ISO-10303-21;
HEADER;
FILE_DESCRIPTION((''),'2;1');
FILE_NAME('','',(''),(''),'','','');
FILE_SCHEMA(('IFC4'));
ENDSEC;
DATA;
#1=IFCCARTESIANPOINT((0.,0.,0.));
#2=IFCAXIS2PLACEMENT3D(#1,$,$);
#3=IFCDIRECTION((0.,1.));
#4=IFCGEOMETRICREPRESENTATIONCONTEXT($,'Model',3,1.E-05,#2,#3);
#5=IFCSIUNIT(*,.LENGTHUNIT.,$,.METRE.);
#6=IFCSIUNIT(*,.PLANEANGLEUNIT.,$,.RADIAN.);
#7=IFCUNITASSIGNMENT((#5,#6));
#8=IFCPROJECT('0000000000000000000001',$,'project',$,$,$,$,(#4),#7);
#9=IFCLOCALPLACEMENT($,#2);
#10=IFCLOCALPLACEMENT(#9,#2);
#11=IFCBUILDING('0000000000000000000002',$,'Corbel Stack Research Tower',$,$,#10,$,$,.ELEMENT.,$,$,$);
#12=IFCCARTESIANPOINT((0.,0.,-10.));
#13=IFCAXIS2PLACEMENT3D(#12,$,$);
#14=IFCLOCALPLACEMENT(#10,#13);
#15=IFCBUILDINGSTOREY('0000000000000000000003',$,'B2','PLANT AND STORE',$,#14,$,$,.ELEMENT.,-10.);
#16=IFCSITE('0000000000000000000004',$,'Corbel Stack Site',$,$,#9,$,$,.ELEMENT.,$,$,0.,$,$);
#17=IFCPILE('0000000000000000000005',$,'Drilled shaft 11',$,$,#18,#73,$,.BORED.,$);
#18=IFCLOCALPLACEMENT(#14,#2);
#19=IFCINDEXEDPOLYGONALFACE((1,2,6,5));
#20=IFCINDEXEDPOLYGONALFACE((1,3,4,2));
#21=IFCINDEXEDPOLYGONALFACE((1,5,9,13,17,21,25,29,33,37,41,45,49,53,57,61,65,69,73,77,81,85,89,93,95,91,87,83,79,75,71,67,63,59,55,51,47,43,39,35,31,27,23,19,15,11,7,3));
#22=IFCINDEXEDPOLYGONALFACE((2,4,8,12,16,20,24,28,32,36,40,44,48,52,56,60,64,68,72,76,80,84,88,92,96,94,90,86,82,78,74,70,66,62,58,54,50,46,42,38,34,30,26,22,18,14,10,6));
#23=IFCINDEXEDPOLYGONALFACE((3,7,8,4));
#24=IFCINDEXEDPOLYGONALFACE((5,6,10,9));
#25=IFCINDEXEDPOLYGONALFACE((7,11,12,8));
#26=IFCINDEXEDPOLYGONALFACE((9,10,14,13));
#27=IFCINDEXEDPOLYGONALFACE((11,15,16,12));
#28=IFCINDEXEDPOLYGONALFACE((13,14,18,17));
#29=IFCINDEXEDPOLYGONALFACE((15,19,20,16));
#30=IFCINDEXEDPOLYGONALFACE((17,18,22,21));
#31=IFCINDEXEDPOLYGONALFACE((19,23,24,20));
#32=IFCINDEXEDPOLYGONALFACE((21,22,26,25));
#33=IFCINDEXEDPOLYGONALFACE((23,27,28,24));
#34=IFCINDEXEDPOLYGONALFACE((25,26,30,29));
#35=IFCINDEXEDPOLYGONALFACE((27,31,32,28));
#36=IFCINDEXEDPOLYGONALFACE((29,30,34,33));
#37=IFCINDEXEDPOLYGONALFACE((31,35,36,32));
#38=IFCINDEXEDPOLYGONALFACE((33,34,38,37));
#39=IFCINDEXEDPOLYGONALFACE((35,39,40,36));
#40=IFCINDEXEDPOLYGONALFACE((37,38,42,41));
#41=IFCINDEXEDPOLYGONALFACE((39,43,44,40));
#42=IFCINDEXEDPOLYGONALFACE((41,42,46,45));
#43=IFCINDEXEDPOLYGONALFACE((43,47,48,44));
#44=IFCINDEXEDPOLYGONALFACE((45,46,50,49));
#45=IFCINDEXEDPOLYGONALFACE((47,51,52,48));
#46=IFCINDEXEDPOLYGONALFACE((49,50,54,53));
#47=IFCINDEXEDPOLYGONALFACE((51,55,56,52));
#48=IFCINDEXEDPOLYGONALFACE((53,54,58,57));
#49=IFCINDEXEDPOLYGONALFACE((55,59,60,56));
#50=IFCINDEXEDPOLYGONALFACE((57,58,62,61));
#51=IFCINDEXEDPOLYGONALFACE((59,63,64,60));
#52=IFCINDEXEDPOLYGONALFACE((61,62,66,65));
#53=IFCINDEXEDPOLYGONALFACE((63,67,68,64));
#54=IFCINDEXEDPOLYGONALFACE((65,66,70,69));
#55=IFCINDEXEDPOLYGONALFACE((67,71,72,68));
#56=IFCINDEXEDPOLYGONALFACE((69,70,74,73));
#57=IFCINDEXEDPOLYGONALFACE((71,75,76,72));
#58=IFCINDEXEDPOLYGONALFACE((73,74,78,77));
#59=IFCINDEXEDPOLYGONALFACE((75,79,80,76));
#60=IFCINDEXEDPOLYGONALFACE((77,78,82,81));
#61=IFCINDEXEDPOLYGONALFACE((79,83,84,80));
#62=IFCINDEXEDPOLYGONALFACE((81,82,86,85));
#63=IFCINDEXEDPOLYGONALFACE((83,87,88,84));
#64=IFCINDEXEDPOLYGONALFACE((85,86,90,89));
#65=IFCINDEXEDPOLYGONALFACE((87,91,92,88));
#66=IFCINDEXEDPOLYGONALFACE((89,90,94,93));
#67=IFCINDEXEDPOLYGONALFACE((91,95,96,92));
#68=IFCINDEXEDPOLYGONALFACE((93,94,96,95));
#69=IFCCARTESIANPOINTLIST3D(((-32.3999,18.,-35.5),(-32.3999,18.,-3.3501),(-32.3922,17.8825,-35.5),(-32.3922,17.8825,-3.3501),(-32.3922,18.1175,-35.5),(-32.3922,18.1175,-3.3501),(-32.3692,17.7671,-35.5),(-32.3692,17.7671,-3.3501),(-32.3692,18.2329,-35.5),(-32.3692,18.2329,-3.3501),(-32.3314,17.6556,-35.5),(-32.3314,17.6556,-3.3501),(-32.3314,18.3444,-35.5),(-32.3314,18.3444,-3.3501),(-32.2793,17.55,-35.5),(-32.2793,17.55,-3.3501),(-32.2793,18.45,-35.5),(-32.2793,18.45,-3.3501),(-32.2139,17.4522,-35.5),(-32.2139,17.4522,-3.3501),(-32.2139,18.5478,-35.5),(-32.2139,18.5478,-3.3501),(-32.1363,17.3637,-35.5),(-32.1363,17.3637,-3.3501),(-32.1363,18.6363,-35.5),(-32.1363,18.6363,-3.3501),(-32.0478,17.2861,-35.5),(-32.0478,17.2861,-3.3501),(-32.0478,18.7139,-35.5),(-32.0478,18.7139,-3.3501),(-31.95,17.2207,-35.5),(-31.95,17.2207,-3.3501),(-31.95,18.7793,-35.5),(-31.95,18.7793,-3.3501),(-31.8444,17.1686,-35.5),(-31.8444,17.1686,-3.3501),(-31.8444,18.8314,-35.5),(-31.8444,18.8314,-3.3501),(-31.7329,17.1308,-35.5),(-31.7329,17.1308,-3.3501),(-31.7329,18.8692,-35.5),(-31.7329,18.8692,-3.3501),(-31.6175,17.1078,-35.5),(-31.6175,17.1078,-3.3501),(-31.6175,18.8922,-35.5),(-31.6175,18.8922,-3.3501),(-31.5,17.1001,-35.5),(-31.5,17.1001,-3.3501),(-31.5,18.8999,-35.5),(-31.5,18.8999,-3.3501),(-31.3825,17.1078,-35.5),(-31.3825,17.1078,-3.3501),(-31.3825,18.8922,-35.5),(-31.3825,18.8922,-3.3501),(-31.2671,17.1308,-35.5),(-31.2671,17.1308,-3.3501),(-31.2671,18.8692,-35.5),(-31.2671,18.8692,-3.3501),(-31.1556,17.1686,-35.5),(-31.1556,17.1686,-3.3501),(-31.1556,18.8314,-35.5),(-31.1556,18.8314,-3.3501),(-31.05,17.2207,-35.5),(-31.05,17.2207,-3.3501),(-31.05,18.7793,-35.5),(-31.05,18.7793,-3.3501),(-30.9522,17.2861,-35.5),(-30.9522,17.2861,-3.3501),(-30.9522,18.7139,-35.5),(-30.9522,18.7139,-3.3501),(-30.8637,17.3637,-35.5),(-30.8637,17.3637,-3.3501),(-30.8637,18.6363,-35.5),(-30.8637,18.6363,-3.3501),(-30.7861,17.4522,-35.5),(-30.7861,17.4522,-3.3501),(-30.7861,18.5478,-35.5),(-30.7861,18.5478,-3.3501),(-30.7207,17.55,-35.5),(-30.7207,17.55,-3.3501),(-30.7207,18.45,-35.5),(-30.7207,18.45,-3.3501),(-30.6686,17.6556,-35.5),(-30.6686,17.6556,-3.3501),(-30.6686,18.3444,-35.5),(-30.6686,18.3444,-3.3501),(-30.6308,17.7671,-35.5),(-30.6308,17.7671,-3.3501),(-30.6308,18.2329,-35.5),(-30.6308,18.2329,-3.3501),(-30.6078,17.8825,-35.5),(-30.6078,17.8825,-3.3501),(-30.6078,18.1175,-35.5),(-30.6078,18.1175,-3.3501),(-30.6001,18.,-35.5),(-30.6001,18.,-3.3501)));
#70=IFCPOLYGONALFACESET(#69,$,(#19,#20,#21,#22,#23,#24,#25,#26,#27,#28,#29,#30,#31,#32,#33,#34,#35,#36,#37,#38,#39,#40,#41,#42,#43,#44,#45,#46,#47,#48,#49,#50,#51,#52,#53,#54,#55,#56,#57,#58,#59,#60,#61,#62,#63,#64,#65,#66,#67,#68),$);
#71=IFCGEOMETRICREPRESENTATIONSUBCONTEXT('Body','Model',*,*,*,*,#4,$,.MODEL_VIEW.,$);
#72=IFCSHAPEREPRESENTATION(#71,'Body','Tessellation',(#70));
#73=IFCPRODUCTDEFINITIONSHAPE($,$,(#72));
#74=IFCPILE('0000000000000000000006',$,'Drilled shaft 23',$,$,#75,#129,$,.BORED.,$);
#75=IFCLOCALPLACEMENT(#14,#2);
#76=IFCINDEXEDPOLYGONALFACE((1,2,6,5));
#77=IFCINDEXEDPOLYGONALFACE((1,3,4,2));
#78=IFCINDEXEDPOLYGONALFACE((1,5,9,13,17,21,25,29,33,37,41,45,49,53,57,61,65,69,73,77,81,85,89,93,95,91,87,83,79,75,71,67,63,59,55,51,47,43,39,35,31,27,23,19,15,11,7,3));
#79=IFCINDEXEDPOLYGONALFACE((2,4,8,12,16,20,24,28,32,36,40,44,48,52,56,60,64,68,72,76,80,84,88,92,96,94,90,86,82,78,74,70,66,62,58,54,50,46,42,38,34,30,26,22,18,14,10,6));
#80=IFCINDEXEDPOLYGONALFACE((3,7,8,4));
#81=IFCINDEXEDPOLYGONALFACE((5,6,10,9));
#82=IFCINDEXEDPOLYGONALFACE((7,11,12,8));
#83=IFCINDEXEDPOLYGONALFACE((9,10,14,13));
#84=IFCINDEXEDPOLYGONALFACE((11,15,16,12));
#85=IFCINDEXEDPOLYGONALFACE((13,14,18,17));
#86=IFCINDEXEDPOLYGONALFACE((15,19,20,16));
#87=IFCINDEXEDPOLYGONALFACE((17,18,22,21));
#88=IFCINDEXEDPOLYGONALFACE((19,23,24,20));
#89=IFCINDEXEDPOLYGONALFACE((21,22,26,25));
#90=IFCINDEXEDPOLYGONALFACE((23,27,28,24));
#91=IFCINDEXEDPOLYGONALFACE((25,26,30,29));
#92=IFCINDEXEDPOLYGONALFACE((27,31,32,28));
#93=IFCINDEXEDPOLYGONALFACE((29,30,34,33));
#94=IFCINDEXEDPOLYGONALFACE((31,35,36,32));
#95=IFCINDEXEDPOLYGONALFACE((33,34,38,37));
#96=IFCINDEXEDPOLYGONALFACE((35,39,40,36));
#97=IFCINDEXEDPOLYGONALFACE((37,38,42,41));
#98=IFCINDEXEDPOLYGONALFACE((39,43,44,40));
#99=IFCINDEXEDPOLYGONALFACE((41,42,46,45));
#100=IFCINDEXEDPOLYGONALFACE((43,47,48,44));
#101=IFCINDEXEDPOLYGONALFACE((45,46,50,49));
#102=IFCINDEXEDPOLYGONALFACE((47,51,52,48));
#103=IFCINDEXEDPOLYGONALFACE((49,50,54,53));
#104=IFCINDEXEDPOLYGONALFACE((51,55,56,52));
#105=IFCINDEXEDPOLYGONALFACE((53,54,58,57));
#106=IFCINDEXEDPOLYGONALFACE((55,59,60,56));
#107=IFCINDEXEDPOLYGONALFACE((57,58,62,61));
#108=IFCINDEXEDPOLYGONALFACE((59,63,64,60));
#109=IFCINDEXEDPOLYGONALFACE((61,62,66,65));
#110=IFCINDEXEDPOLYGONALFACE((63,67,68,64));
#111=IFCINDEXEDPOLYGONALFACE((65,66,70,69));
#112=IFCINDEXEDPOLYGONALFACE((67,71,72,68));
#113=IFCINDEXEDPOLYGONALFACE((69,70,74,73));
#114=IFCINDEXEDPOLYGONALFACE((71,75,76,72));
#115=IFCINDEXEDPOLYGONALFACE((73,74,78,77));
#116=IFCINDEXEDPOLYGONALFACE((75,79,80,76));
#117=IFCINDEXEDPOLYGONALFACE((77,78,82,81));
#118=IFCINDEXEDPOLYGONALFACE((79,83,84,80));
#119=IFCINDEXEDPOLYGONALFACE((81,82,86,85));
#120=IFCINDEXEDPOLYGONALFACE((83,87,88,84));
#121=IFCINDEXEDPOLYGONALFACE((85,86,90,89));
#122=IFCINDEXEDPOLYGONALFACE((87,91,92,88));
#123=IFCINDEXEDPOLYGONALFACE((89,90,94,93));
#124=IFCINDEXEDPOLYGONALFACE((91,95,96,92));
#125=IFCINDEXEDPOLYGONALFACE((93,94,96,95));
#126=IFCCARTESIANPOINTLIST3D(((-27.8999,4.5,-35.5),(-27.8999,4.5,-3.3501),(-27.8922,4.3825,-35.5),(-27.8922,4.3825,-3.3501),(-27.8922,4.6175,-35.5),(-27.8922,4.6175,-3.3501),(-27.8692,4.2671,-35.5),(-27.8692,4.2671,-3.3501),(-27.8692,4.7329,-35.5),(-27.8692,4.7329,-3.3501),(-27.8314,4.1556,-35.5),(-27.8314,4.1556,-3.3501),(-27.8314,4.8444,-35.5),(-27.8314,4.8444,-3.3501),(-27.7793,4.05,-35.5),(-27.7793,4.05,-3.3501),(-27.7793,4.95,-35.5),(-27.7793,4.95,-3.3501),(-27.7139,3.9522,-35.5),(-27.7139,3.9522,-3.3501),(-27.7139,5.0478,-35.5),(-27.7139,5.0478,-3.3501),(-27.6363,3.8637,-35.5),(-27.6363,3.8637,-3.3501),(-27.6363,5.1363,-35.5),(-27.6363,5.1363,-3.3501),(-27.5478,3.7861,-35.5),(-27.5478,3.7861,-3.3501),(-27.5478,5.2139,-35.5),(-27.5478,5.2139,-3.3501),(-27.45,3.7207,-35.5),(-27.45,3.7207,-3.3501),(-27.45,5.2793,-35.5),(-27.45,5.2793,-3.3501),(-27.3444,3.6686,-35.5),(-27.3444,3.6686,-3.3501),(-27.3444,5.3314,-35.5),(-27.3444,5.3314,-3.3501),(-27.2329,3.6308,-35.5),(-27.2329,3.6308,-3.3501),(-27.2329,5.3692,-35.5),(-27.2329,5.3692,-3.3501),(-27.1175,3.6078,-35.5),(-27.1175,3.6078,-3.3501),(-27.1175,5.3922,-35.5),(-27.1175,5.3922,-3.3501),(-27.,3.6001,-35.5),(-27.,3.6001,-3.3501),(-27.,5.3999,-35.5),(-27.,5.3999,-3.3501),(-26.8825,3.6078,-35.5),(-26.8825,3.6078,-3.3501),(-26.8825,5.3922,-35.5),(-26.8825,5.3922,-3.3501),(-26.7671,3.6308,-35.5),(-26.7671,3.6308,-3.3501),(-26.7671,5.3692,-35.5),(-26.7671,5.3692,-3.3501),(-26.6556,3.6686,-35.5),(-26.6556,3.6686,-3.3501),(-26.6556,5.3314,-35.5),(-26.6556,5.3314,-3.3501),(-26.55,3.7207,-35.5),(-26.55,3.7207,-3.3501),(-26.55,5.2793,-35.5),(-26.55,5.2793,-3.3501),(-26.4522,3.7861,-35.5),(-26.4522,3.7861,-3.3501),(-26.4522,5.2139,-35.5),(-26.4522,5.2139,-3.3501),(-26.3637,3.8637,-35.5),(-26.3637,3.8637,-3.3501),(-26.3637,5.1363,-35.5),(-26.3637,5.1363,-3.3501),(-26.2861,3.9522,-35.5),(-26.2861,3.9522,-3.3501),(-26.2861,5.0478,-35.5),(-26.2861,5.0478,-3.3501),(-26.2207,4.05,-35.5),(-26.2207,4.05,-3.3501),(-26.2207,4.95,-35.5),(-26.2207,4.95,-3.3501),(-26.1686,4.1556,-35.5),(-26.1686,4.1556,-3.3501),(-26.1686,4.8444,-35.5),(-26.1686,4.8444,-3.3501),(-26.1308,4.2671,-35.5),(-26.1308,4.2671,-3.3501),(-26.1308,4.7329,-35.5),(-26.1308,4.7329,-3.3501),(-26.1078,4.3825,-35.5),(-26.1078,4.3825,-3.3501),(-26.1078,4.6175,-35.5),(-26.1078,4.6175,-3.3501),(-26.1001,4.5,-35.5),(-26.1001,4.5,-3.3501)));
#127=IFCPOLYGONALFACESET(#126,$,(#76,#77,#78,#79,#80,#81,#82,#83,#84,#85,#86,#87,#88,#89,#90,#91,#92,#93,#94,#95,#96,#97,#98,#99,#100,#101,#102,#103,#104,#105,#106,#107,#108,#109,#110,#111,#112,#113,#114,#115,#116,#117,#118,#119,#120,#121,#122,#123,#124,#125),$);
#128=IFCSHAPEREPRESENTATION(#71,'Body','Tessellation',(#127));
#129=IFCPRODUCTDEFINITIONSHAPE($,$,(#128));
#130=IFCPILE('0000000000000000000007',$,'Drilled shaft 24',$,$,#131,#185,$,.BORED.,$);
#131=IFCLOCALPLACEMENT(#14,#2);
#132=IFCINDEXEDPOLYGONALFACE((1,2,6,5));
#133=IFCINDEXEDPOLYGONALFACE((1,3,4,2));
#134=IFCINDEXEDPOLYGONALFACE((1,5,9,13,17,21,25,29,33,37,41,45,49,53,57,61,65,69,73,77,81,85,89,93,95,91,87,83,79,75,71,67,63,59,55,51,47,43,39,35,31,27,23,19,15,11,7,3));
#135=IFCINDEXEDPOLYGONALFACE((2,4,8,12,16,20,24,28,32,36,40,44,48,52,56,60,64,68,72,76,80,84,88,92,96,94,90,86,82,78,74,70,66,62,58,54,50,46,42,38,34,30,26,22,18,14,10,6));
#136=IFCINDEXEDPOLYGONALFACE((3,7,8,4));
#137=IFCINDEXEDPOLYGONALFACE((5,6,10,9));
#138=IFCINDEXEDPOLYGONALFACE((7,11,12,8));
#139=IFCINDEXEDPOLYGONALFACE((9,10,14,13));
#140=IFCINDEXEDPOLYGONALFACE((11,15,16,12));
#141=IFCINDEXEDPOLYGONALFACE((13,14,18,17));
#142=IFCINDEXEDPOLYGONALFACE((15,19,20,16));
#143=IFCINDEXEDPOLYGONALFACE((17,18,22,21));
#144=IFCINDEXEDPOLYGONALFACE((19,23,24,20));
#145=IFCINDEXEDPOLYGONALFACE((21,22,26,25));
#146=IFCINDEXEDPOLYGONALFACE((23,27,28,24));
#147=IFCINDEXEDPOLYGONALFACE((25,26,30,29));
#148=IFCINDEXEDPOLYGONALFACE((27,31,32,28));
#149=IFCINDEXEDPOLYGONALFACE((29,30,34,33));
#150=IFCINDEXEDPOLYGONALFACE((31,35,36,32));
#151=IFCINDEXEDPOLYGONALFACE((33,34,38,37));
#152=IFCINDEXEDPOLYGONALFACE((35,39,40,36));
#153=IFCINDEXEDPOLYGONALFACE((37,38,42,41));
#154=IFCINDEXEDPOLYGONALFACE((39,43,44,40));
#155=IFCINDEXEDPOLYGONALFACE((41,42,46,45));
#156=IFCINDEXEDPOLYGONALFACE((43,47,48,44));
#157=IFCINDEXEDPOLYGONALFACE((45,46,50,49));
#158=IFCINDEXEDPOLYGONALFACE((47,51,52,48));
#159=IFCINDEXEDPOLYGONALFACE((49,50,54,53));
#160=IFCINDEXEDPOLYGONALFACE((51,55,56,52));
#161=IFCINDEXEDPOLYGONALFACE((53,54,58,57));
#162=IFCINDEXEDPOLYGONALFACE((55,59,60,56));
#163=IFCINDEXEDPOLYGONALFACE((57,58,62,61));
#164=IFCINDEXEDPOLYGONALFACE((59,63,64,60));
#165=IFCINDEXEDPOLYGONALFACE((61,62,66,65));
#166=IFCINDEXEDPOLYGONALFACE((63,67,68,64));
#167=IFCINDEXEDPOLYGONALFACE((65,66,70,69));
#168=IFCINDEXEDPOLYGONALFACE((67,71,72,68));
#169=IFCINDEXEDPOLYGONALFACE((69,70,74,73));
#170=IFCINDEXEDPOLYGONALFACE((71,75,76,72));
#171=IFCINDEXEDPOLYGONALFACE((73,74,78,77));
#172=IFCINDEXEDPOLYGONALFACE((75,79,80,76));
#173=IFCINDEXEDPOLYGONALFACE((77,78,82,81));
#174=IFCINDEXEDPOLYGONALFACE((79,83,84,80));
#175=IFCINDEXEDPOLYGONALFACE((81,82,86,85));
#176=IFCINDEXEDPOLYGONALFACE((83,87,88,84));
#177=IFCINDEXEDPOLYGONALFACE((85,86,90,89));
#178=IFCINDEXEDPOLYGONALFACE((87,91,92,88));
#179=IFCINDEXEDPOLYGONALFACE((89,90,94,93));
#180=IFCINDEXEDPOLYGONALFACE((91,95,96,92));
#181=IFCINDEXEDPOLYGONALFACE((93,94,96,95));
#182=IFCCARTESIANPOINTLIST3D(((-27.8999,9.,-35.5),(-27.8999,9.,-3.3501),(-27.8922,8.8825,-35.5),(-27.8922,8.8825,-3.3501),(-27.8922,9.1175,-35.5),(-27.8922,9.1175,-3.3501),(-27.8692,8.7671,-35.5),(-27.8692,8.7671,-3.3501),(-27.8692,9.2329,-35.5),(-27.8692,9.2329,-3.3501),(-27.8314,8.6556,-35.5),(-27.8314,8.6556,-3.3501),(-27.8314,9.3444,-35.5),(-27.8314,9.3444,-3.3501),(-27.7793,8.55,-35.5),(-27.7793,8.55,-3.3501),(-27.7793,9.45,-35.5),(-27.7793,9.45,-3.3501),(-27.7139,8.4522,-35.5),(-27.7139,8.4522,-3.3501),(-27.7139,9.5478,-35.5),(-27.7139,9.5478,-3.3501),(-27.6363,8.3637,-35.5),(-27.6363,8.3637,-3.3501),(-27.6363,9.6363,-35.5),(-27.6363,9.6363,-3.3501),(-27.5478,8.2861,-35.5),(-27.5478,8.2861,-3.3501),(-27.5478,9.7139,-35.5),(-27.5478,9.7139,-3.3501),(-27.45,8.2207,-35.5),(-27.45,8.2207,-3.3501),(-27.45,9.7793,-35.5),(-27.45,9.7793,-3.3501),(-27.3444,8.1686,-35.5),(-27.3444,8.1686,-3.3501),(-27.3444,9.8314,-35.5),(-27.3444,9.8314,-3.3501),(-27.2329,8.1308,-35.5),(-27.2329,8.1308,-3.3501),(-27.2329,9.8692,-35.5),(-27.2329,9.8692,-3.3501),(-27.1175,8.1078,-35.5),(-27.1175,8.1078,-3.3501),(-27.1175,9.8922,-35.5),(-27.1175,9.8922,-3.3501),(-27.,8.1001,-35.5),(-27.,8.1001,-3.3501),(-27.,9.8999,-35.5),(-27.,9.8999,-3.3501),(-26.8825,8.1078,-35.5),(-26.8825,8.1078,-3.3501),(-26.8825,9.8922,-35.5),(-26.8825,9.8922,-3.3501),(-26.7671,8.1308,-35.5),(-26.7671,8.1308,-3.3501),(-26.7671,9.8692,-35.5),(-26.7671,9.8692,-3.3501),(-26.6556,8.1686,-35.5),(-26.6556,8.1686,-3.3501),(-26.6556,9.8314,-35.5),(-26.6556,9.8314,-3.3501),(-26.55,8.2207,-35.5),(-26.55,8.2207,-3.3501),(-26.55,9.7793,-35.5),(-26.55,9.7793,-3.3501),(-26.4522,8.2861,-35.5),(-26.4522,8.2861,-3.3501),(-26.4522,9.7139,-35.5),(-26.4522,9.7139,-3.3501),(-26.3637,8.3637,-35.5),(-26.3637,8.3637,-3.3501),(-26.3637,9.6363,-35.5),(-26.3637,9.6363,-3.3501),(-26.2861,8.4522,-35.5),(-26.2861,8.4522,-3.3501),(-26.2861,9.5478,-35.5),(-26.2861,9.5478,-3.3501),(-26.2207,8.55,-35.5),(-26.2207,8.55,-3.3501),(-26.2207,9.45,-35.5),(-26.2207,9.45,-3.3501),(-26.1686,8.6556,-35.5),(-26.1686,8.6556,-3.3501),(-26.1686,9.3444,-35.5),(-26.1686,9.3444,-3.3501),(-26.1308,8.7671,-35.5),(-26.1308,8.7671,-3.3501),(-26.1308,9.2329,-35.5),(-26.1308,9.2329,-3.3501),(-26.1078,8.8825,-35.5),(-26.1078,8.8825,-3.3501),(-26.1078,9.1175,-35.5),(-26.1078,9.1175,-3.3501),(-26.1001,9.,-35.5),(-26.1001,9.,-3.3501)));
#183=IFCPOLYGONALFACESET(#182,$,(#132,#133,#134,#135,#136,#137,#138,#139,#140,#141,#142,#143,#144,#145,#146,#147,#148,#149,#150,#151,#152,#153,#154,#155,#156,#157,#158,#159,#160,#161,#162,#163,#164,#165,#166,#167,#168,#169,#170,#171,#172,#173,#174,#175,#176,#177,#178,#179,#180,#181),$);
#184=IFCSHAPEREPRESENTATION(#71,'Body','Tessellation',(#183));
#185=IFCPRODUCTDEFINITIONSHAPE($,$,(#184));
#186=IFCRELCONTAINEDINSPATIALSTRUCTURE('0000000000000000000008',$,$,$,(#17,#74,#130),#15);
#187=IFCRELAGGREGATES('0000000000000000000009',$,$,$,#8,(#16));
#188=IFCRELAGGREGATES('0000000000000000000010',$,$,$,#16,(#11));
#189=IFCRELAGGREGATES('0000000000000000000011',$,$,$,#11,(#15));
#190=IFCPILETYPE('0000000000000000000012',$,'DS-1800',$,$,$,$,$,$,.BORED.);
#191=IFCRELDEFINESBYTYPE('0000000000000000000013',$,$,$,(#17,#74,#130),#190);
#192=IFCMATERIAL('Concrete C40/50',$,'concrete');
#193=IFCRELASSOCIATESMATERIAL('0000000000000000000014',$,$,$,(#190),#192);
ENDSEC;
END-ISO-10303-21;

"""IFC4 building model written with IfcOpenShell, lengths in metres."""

from ifc_helpers import new_model, si_unit, direction, frame, origin, origin_2d, place, context, subcontext, project, spatial, circle, extrude, material, material_profile, profile_set, type_object, element, save


model = new_model("IFC4")

# Units and contexts
model_context = context("Model", 3, precision=1e-05, world=origin(), true_north=direction((0.0, 1.0)))
body_context = subcontext(model_context, "Body", "Model", "MODEL_VIEW")
ifc_project = project(units=[si_unit("LENGTHUNIT", "METRE"), si_unit("PLANEANGLEUNIT", "RADIAN")], contexts=[model_context])

# Site, building, storey
site_placement = place(None, origin())
site = spatial("IfcSite", under=ifc_project, at=site_placement, Name="Corbel Stack Site", CompositionType="ELEMENT", RefElevation=0.0)
building_placement = place(site_placement, origin())
building = spatial("IfcBuilding", under=site, at=building_placement, Name="Corbel Stack Research Tower", CompositionType="ELEMENT")
storey_placement = place(building_placement, frame((0.0, 0.0, -10.0)))
storey = spatial("IfcBuildingStorey", under=building, at=storey_placement, Name="B2", Description="PLANT AND STORE", CompositionType="ELEMENT", Elevation=-10.0)

# Piles
ifc_material_1 = material(Name="Concrete C40/50", Category="concrete")
ifc_material_profile_1 = material_profile(ifc_material_1, circle(Radius=0.8999, at=origin_2d()), Name="Shaft 1800")
ifc_profile_set_1 = profile_set([ifc_material_profile_1], Name="Concrete C40/50")
pile_type = type_object("IfcPileType", Name="DS-1800", PredefinedType="BORED", material=ifc_profile_set_1)
for number, where, z_axis, x_axis, name in (
    (1, (-31.5, 18.0, -3.3501), (0.0, 0.0, -1.0), (1.0, 0.0, 0.0), "Drilled shaft 11"),
    (2, (-27.0, 4.5, -3.3501), (0.0, 0.0, -1.0), (1.0, 0.0, 0.0), "Drilled shaft 23"),
    (3, (-27.0, 9.0, -3.3501), (0.0, 0.0, -1.0), (1.0, 0.0, 0.0), "Drilled shaft 24"),
):
    element("IfcPile", number, at=place(storey_placement, frame(where, z_axis=z_axis, x_axis=x_axis)), inside=storey, type_object=pile_type, Name=name, PredefinedType="BORED", context=body_context, shape_type="SweptSolid", body=[
        extrude(circle(Radius=0.8999, at=origin_2d()), origin(), (0.0, 0.0, 1.0), 32.1499),
    ])

save(model, "model.ifc")
